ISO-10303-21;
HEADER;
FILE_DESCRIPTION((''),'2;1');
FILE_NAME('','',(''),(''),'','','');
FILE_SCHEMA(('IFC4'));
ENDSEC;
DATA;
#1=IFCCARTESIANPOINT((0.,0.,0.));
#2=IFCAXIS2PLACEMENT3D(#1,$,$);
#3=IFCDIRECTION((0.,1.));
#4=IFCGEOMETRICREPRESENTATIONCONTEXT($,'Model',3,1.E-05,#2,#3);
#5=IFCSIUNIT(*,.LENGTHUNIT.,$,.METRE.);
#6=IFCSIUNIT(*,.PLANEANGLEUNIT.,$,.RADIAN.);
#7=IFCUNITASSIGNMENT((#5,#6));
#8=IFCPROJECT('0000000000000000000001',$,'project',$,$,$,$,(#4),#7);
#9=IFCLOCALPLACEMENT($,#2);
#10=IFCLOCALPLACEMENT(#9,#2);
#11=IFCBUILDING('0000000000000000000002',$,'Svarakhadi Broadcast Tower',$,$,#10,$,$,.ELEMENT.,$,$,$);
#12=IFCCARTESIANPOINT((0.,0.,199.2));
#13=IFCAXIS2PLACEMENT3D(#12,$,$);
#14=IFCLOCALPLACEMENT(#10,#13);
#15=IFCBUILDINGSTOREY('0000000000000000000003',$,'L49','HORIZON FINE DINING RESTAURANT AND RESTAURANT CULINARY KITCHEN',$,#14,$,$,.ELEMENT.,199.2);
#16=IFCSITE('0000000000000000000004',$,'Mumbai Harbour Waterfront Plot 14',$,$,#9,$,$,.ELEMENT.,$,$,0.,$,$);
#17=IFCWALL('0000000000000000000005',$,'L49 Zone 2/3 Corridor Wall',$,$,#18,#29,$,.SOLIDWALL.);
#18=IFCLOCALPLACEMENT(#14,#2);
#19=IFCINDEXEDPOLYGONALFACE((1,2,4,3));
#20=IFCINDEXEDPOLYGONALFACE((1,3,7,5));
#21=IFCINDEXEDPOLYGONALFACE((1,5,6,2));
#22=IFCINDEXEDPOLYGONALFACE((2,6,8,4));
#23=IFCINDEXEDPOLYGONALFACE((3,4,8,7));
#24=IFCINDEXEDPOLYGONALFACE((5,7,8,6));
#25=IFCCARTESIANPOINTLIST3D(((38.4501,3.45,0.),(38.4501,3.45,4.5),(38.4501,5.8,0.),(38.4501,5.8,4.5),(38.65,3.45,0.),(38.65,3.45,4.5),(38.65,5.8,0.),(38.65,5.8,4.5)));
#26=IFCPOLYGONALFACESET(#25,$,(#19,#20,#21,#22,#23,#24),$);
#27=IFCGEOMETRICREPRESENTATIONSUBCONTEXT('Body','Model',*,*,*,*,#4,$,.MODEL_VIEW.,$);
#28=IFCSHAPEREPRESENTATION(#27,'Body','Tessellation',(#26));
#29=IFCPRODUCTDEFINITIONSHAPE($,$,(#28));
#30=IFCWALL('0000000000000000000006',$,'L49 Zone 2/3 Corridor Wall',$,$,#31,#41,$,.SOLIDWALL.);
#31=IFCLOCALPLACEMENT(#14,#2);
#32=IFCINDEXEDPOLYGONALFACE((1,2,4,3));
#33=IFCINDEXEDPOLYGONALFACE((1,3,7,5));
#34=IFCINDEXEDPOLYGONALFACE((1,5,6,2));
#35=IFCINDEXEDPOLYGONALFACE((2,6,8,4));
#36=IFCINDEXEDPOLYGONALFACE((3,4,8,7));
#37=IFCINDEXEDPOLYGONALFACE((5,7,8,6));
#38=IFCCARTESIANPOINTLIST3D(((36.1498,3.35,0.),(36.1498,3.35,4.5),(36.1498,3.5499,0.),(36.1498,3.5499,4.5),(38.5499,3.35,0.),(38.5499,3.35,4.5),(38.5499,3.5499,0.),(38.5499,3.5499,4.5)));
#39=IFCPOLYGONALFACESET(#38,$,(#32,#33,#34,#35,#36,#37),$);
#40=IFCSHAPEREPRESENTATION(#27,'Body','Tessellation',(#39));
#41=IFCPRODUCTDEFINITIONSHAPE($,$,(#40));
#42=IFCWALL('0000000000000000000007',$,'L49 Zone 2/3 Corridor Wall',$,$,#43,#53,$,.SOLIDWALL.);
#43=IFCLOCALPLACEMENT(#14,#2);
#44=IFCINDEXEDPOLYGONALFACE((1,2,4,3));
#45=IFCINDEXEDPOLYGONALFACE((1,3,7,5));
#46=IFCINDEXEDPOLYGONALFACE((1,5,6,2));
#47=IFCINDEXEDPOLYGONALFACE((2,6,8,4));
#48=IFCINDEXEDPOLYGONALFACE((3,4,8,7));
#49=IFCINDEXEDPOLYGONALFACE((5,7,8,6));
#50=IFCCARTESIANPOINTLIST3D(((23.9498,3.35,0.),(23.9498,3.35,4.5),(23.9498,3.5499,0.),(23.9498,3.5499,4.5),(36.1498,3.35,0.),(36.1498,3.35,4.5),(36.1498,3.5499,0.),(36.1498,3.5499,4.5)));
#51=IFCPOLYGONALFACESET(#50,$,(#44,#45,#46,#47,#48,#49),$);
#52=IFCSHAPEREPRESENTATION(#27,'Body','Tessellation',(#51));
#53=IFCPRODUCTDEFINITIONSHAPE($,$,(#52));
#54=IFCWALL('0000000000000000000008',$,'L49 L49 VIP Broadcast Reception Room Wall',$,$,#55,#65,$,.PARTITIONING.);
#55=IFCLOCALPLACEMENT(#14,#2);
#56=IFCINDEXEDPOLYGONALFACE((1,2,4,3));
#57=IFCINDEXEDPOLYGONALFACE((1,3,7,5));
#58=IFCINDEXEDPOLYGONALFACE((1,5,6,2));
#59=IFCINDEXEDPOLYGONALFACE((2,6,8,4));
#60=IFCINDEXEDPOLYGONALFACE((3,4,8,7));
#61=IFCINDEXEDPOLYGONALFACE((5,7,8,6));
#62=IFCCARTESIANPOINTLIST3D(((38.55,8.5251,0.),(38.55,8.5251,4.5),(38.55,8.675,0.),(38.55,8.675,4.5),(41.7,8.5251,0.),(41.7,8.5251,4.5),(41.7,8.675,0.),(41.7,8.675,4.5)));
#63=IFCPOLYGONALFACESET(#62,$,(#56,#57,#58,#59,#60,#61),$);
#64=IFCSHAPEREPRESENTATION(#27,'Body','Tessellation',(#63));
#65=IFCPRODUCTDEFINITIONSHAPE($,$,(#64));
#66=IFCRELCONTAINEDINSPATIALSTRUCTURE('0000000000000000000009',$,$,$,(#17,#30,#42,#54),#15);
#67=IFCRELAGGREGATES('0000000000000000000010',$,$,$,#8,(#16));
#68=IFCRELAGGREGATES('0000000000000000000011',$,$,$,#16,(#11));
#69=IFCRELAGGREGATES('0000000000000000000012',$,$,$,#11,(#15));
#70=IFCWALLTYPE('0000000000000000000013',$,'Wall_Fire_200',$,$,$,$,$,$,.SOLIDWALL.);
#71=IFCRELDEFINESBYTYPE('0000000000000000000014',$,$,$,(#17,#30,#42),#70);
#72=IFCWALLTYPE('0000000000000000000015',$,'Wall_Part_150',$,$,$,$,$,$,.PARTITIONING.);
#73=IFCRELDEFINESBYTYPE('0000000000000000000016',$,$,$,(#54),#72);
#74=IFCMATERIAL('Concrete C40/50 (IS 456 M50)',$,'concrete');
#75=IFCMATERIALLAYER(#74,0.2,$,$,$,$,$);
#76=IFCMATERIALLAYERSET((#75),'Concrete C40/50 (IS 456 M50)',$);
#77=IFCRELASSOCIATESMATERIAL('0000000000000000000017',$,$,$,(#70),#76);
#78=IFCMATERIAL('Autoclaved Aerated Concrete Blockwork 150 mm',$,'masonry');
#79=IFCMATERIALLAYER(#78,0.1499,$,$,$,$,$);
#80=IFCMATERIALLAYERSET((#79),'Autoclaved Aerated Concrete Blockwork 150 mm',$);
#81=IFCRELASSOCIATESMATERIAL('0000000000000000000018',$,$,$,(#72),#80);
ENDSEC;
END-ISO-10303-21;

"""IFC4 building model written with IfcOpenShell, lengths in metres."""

from ifc_helpers import new_model, si_unit, direction, frame, frame_2d, origin, place, context, subcontext, project, spatial, rectangle, extrude, material, layer, layer_set, type_object, element, save


model = new_model("IFC4")

# Units and contexts
model_context = context("Model", 3, precision=1e-05, world=origin(), true_north=direction((0.0, 1.0)))
body_context = subcontext(model_context, "Body", "Model", "MODEL_VIEW")
ifc_project = project(units=[si_unit("LENGTHUNIT", "METRE"), si_unit("PLANEANGLEUNIT", "RADIAN")], contexts=[model_context])

# Site, building, storey
site_placement = place(None, origin())
site = spatial("IfcSite", under=ifc_project, at=site_placement, Name="Mumbai Harbour Waterfront Plot 14", CompositionType="ELEMENT", RefElevation=0.0)
building_placement = place(site_placement, origin())
building = spatial("IfcBuilding", under=site, at=building_placement, Name="Svarakhadi Broadcast Tower", CompositionType="ELEMENT")
storey_placement = place(building_placement, frame((0.0, 0.0, 199.2)))
storey = spatial("IfcBuildingStorey", under=building, at=storey_placement, Name="L49", Description="HORIZON FINE DINING RESTAURANT AND RESTAURANT CULINARY KITCHEN", CompositionType="ELEMENT", Elevation=199.2)

# Shared definitions
ifc_material_1 = material(Name="Concrete C40/50 (IS 456 M50)", Category="concrete")

# Walls
ifc_layer_1 = layer(ifc_material_1, 0.2)
ifc_layer_set_1 = layer_set([ifc_layer_1], Name="Concrete C40/50 (IS 456 M50)")
wall_type_1 = type_object("IfcWallType", Name="Wall_Fire_200", PredefinedType="SOLIDWALL", material=ifc_layer_set_1)
wall_1_placement = place(storey_placement, frame((38.55, 5.8, 0.0), z_axis=(0.0, 0.0, 1.0), x_axis=(0.0, -1.0, 0.0)))
element("IfcWall", 1, at=wall_1_placement, inside=storey, type_object=wall_type_1, Name="L49 Zone 2/3 Corridor Wall", PredefinedType="SOLIDWALL", context=body_context, shape_type="SweptSolid", body=[
    extrude(rectangle(XDim=2.3501, YDim=0.2, at=frame_2d((1.175, 0.0))), origin(), (0.0, 0.0, 1.0), 4.5),
])
wall_2_placement = place(storey_placement, frame((38.55, 3.45, 0.0), z_axis=(0.0, 0.0, 1.0), x_axis=(-1.0, 0.0, 0.0)))
element("IfcWall", 2, at=wall_2_placement, inside=storey, type_object=wall_type_1, Name="L49 Zone 2/3 Corridor Wall", PredefinedType="SOLIDWALL", context=body_context, shape_type="SweptSolid", body=[
    extrude(rectangle(XDim=2.4001, YDim=0.2, at=frame_2d((1.2002, 0.0))), origin(), (0.0, 0.0, 1.0), 4.5),
])
wall_3_placement = place(storey_placement, frame((36.1499, 3.45, 0.0), z_axis=(0.0, 0.0, 1.0), x_axis=(-1.0, 0.0, 0.0)))
element("IfcWall", 3, at=wall_3_placement, inside=storey, type_object=wall_type_1, Name="L49 Zone 2/3 Corridor Wall", PredefinedType="SOLIDWALL", context=body_context, shape_type="SweptSolid", body=[
    extrude(rectangle(XDim=12.2, YDim=0.2, at=frame_2d((6.1001, 0.0))), origin(), (0.0, 0.0, 1.0), 4.5),
])
ifc_material_2 = material(Name="Autoclaved Aerated Concrete Blockwork 150 mm", Category="masonry")
ifc_layer_2 = layer(ifc_material_2, 0.1499)
ifc_layer_set_2 = layer_set([ifc_layer_2], Name="Autoclaved Aerated Concrete Blockwork 150 mm")
wall_type_2 = type_object("IfcWallType", Name="Wall_Part_150", PredefinedType="PARTITIONING", material=ifc_layer_set_2)
wall_4_placement = place(storey_placement, frame((38.55, 8.6001, 0.0), z_axis=(0.0, 0.0, 1.0), x_axis=(1.0, 0.0, 0.0)))
element("IfcWall", 4, at=wall_4_placement, inside=storey, type_object=wall_type_2, Name="L49 L49 VIP Broadcast Reception Room Wall", PredefinedType="PARTITIONING", context=body_context, shape_type="SweptSolid", body=[
    extrude(rectangle(XDim=3.1499, YDim=0.1499, at=frame_2d((1.575, 0.0))), origin(), (0.0, 0.0, 1.0), 4.5),
])

save(model, "model.ifc")
